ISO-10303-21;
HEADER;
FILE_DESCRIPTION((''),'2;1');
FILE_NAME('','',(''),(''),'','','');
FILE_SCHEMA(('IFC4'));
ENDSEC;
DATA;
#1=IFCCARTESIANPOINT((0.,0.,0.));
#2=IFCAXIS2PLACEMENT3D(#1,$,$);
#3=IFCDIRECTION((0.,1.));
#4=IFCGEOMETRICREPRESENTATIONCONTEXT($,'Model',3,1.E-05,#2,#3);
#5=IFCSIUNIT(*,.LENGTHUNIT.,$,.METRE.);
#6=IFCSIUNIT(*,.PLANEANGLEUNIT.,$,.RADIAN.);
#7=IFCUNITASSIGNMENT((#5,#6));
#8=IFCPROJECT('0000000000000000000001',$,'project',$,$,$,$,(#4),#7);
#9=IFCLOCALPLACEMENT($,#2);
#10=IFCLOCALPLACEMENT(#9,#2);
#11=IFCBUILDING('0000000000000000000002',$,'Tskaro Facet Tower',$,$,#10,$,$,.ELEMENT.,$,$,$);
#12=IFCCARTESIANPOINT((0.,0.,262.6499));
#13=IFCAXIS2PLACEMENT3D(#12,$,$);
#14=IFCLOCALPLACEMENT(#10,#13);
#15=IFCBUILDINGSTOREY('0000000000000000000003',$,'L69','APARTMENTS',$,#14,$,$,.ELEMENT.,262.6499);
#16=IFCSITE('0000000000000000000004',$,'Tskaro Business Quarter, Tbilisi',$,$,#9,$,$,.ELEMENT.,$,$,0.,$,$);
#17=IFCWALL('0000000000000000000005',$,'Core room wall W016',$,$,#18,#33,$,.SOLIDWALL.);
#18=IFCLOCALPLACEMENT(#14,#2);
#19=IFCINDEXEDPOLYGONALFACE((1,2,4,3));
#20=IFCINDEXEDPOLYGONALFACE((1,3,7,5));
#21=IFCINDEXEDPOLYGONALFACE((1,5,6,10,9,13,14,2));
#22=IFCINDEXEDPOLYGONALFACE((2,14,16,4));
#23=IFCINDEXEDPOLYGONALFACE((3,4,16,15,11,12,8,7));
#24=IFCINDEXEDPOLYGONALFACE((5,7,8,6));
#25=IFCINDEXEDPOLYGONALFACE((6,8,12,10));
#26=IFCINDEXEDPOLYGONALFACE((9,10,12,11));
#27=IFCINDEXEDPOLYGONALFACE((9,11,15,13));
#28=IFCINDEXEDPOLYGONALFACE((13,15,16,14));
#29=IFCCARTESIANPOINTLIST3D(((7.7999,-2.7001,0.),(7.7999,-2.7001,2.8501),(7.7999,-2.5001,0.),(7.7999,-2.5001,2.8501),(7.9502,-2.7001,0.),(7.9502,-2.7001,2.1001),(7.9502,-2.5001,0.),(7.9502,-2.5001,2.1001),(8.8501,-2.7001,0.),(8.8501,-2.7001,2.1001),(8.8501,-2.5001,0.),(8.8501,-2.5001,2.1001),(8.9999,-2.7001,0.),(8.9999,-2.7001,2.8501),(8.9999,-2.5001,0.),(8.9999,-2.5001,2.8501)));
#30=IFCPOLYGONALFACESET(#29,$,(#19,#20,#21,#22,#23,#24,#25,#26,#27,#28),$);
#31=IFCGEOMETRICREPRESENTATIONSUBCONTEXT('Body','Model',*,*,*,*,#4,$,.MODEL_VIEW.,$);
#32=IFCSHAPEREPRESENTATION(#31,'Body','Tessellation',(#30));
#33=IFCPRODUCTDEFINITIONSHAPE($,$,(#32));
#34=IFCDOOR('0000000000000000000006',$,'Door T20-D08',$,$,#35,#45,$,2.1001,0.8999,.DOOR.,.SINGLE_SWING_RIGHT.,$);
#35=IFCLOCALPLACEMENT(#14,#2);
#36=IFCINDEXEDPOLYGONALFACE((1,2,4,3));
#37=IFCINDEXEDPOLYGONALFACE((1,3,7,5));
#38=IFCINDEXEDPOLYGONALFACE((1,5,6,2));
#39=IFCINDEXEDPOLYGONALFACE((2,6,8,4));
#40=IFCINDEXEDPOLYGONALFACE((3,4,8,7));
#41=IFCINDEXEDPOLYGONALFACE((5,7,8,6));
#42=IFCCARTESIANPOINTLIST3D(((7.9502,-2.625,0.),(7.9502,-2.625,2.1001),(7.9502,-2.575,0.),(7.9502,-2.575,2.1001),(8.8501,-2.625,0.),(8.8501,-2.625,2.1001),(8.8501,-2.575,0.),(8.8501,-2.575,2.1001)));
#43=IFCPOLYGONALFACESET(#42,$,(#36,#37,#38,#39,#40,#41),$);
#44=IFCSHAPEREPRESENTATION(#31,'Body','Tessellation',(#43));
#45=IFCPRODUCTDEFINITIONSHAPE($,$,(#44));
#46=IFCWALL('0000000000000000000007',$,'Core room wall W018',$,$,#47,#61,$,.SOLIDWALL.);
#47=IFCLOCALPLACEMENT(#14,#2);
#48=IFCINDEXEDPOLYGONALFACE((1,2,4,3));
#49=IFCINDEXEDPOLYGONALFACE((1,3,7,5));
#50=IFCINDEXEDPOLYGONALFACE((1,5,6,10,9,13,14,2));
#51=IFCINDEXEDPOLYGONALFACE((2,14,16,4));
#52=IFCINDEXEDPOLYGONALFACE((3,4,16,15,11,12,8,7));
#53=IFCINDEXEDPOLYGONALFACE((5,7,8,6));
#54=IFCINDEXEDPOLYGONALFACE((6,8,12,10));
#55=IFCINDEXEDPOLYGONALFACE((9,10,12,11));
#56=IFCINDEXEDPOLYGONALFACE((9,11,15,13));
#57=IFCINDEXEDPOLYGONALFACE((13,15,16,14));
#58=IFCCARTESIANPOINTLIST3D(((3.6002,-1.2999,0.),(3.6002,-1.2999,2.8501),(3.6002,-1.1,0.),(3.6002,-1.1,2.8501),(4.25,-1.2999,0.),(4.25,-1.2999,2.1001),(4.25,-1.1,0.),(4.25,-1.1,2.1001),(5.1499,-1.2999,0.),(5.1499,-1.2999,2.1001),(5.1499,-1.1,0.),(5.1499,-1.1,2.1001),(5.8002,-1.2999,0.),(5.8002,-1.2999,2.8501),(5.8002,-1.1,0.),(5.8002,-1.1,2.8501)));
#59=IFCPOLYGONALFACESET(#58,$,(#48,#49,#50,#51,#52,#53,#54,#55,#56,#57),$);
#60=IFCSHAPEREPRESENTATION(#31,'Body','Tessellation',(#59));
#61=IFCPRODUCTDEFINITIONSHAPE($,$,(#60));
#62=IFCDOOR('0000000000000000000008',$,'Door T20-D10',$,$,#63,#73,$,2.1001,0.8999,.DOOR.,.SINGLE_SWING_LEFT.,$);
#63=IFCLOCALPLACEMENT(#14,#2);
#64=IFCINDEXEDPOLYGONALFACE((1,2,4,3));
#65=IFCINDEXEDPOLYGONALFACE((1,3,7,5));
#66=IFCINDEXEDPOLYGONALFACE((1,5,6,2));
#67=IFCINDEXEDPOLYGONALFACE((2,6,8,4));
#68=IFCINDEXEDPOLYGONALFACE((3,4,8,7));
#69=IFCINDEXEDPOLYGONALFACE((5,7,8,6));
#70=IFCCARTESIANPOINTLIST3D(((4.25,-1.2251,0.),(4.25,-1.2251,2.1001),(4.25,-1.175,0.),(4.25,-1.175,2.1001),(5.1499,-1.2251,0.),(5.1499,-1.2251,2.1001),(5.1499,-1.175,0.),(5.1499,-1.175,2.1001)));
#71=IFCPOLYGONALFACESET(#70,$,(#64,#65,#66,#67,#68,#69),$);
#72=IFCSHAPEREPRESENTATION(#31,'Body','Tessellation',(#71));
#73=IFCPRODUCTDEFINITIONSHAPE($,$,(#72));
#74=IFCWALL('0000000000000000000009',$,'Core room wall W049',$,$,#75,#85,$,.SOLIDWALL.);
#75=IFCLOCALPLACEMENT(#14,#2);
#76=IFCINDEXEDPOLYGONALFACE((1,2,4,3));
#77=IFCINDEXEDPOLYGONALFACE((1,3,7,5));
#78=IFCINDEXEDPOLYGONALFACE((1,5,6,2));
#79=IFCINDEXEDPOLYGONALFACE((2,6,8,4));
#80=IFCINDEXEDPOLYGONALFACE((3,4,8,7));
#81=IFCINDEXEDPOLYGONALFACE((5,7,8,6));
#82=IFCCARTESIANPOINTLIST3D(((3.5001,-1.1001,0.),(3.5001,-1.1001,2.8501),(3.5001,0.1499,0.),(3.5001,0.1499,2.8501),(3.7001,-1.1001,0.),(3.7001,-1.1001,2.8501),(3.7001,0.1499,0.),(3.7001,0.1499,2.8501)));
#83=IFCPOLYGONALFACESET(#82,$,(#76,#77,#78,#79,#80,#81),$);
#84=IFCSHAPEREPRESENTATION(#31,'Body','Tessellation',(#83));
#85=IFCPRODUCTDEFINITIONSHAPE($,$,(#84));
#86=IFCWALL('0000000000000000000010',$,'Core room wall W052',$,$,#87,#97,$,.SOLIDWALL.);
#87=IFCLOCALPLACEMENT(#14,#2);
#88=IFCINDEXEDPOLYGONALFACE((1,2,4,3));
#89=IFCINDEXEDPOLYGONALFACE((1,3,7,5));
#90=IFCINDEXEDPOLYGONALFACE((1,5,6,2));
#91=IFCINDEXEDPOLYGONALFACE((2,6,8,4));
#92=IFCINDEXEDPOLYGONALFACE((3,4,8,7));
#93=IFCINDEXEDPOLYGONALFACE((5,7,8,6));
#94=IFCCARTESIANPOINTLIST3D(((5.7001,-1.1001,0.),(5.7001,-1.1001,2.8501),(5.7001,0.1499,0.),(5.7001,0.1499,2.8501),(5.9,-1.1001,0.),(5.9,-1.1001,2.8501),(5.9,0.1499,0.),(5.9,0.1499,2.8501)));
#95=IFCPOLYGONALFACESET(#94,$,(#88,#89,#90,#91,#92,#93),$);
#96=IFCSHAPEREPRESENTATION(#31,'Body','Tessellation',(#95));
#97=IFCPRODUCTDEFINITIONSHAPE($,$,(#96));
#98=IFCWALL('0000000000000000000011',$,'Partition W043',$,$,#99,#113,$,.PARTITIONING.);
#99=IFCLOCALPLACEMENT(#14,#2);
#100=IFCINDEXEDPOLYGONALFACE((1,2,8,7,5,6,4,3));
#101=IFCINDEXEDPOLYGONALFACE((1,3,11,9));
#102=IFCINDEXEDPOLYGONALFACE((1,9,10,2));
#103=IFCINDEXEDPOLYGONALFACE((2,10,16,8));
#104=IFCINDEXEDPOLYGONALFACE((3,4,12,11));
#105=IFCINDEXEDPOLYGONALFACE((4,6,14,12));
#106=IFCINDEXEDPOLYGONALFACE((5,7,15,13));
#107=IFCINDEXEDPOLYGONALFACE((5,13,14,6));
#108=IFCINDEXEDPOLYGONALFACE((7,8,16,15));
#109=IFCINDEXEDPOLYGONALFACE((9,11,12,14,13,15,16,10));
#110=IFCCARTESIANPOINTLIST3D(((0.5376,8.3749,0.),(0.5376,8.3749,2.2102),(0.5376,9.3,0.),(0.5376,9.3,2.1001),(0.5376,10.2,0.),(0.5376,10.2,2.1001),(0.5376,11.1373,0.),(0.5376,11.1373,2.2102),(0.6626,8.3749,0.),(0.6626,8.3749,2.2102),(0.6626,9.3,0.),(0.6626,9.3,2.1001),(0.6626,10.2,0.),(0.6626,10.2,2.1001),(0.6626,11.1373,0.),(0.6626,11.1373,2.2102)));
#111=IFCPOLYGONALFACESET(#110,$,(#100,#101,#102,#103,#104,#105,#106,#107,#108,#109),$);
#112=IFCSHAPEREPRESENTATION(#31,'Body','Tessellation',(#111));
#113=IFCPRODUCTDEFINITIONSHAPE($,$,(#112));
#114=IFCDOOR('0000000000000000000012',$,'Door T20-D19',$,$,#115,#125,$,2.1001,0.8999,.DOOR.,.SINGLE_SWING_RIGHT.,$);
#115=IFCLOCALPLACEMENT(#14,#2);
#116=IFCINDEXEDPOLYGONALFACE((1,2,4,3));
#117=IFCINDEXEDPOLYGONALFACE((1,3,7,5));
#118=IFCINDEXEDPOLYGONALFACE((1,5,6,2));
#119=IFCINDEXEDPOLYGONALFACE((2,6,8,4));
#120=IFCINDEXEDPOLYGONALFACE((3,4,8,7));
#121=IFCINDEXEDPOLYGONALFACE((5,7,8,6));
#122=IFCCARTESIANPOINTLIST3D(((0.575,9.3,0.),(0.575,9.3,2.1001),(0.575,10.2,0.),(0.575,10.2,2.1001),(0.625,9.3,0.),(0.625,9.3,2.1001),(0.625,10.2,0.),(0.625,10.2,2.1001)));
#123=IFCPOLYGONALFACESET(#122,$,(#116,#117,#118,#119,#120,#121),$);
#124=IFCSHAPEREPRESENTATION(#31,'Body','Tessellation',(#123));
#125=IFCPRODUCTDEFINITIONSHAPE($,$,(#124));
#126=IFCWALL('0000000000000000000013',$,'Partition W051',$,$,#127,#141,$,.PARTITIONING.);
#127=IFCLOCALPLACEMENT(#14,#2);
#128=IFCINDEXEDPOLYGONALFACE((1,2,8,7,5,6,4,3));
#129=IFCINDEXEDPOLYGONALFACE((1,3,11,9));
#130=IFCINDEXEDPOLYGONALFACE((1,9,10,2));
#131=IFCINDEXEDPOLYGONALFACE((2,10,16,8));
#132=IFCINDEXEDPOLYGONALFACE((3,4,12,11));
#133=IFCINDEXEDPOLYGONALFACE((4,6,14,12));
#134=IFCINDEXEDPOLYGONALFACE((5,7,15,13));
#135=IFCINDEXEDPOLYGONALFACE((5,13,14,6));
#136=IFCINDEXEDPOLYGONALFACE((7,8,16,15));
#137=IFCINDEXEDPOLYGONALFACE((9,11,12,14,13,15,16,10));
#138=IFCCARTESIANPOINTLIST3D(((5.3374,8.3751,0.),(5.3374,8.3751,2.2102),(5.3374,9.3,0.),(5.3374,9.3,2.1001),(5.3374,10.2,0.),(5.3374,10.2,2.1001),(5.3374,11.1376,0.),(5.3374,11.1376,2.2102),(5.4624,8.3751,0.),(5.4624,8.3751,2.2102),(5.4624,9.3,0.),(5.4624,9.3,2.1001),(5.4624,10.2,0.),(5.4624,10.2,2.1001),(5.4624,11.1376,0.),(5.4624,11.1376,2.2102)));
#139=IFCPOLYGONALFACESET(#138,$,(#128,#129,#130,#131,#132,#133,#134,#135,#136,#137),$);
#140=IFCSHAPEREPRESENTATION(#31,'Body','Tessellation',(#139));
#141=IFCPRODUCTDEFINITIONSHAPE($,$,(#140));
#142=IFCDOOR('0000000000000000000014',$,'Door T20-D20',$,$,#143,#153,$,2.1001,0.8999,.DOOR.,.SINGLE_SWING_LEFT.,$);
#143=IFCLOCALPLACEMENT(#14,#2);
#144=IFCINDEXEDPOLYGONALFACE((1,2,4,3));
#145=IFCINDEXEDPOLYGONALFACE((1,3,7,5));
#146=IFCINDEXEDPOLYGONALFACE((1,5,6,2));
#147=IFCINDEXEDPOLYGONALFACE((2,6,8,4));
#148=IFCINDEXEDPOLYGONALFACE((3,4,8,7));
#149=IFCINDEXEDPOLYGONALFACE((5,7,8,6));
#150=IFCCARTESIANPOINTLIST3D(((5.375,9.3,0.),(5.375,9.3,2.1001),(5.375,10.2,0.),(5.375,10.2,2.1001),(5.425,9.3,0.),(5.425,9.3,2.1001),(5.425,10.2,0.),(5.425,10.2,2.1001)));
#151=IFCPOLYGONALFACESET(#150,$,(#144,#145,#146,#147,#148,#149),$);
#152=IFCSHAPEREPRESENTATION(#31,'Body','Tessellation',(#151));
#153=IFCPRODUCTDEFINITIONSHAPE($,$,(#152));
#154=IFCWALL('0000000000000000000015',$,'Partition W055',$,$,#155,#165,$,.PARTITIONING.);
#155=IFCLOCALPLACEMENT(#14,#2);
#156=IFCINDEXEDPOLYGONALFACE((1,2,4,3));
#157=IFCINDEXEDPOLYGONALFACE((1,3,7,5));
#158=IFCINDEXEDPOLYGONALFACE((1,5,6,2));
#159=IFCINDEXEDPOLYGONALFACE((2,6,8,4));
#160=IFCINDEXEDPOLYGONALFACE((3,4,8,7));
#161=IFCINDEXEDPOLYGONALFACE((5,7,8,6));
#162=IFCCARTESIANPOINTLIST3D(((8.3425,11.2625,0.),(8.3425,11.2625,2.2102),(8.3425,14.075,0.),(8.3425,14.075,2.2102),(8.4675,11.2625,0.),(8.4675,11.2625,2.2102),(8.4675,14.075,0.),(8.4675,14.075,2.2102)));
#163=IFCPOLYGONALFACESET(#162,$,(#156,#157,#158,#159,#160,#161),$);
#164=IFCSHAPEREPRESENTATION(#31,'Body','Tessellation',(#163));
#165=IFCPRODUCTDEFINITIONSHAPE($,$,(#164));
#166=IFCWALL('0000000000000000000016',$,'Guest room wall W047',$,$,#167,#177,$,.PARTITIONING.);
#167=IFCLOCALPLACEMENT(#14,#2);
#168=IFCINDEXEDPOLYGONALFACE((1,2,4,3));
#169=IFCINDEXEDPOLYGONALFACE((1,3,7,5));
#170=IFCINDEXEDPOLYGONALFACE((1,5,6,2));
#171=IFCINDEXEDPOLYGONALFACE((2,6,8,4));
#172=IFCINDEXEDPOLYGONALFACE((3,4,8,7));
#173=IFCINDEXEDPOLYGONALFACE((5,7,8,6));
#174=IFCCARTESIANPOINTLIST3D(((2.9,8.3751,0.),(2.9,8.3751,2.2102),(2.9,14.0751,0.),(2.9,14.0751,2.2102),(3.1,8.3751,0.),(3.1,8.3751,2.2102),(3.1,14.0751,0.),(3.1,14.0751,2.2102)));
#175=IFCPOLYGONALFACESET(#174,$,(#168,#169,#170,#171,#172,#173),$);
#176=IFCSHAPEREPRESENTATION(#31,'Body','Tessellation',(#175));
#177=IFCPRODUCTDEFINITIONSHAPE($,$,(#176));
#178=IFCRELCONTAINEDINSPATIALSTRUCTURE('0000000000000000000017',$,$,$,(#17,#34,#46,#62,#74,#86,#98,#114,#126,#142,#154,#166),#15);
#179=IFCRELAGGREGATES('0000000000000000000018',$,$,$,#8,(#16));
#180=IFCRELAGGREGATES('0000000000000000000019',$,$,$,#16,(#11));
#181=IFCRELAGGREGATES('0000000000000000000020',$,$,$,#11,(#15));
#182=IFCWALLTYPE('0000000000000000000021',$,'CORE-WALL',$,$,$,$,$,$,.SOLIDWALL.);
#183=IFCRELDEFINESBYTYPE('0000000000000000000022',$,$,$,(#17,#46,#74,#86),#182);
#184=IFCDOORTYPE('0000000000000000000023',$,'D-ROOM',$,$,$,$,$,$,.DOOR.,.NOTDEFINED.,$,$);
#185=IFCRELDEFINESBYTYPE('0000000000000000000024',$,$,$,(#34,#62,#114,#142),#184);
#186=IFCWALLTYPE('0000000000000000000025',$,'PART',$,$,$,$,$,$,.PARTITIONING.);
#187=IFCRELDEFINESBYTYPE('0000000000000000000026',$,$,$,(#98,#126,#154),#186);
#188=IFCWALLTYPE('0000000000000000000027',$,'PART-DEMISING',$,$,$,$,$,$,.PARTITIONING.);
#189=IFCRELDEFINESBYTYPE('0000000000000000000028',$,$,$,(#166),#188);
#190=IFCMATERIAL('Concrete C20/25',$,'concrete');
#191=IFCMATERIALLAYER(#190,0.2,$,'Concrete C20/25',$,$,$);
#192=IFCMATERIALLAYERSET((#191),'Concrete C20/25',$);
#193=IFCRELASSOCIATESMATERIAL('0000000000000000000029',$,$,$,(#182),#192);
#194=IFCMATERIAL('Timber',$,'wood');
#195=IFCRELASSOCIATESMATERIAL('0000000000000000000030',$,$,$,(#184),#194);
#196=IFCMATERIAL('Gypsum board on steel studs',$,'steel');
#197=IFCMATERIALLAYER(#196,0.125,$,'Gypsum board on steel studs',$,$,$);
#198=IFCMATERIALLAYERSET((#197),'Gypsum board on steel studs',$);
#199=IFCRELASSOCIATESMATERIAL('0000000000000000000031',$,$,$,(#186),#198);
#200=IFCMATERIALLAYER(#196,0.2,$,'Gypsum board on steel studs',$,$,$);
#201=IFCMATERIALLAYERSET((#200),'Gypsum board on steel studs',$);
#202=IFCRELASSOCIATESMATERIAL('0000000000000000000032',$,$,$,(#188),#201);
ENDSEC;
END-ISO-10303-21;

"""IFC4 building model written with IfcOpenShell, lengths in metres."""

from ifc_helpers import new_model, si_unit, direction, frame, frame_2d, origin, place, context, subcontext, project, spatial, rectangle, extrude, material, layer, layer_set, type_object, element, fill, save


model = new_model("IFC4")

# Units and contexts
model_context = context("Model", 3, precision=1e-05, world=origin(), true_north=direction((0.0, 1.0)))
body_context = subcontext(model_context, "Body", "Model", "MODEL_VIEW")
ifc_project = project(units=[si_unit("LENGTHUNIT", "METRE"), si_unit("PLANEANGLEUNIT", "RADIAN")], contexts=[model_context])

# Site, building, storey
site_placement = place(None, origin())
site = spatial("IfcSite", under=ifc_project, at=site_placement, Name="Tskaro Business Quarter, Tbilisi", CompositionType="ELEMENT", RefElevation=0.0)
building_placement = place(site_placement, origin())
building = spatial("IfcBuilding", under=site, at=building_placement, Name="Tskaro Facet Tower", CompositionType="ELEMENT")
storey_placement = place(building_placement, frame((0.0, 0.0, 262.6499)))
storey = spatial("IfcBuildingStorey", under=building, at=storey_placement, Name="L69", Description="APARTMENTS", CompositionType="ELEMENT", Elevation=262.6499)

# Shared definitions
ifc_material_1 = material(Name="Concrete C20/25", Category="concrete")
ifc_layer_1 = layer(ifc_material_1, 0.2, Name="Concrete C20/25")
ifc_layer_set_1 = layer_set([ifc_layer_1], Name="Concrete C20/25")
wall_type_1 = type_object("IfcWallType", Name="CORE-WALL", PredefinedType="SOLIDWALL", material=ifc_layer_set_1)
ifc_material_2 = material(Name="Timber", Category="wood")
door_type_1 = type_object("IfcDoorType", Name="D-ROOM", OperationType="NOTDEFINED", PredefinedType="DOOR", material=ifc_material_2)

# Walls, openings, doors
wall_1_placement = place(storey_placement, frame((9.0, -2.6001, 0.0), z_axis=(0.0, 0.0, 1.0), x_axis=(-1.0, 0.0, 0.0)))
wall_1 = element("IfcWall", 1, at=wall_1_placement, inside=storey, type_object=wall_type_1, Name="Core room wall W016", PredefinedType="SOLIDWALL", context=body_context, shape_type="SweptSolid", body=[
    extrude(rectangle(XDim=1.2, YDim=0.2, at=frame_2d((0.6001, 0.0))), origin(), (0.0, 0.0, 1.0), 2.8501),
])
opening_1_placement = place(wall_1_placement, frame((0.1499, 0.0, 0.0)))
opening_1 = element("IfcOpeningElement", 2, at=opening_1_placement, cuts=wall_1, PredefinedType="OPENING", context=body_context, shape_type="SweptSolid", body=[
    extrude(rectangle(XDim=0.8999, YDim=2.1001, at=frame_2d((0.45, 1.05))), frame((0.0, 0.1099, 0.0), z_axis=(0.0, -1.0, 0.0), x_axis=(1.0, 0.0, 0.0)), (0.0, 0.0, 1.0), 0.22),
])
door_1_placement = place(opening_1_placement, origin())
door_1 = element("IfcDoor", 3, at=door_1_placement, inside=storey, type_object=door_type_1, Name="Door T20-D08", OperationType="SINGLE_SWING_RIGHT", OverallHeight=2.1001, OverallWidth=0.8999, PredefinedType="DOOR", context=body_context, shape_type="SweptSolid", body=[
    extrude(rectangle(XDim=0.8999, YDim=2.1001, at=frame_2d((0.45, 1.05))), frame((0.0, 0.0249, 0.0), z_axis=(0.0, -1.0, 0.0), x_axis=(1.0, 0.0, 0.0)), (0.0, 0.0, 1.0), 0.05),
])
fill(opening_1, door_1)
wall_2_placement = place(storey_placement, frame((3.6001, -1.2, 0.0), z_axis=(0.0, 0.0, 1.0), x_axis=(1.0, 0.0, 0.0)))
wall_2 = element("IfcWall", 4, at=wall_2_placement, inside=storey, type_object=wall_type_1, Name="Core room wall W018", PredefinedType="SOLIDWALL", context=body_context, shape_type="SweptSolid", body=[
    extrude(rectangle(XDim=2.2, YDim=0.2, at=frame_2d((1.1001, 0.0))), origin(), (0.0, 0.0, 1.0), 2.8501),
])
opening_2_placement = place(wall_2_placement, frame((0.6499, 0.0, 0.0)))
opening_2 = element("IfcOpeningElement", 5, at=opening_2_placement, cuts=wall_2, PredefinedType="OPENING", context=body_context, shape_type="SweptSolid", body=[
    extrude(rectangle(XDim=0.8999, YDim=2.1001, at=frame_2d((0.45, 1.05))), frame((0.0, 0.1099, 0.0), z_axis=(0.0, -1.0, 0.0), x_axis=(1.0, 0.0, 0.0)), (0.0, 0.0, 1.0), 0.22),
])
door_2_placement = place(opening_2_placement, origin())
door_2 = element("IfcDoor", 6, at=door_2_placement, inside=storey, type_object=door_type_1, Name="Door T20-D10", OperationType="SINGLE_SWING_LEFT", OverallHeight=2.1001, OverallWidth=0.8999, PredefinedType="DOOR", context=body_context, shape_type="SweptSolid", body=[
    extrude(rectangle(XDim=0.8999, YDim=2.1001, at=frame_2d((0.45, 1.05))), frame((0.0, 0.0249, 0.0), z_axis=(0.0, -1.0, 0.0), x_axis=(1.0, 0.0, 0.0)), (0.0, 0.0, 1.0), 0.05),
])
fill(opening_2, door_2)

# Walls
for number, where, z_axis, x_axis, name in (
    (7, (3.6001, -1.1001, 0.0), (0.0, 0.0, 1.0), (0.0, 1.0, 0.0), "Core room wall W049"),
    (8, (5.8, -1.1001, 0.0), (0.0, 0.0, 1.0), (0.0, 1.0, 0.0), "Core room wall W052"),
):
    element("IfcWall", number, at=place(storey_placement, frame(where, z_axis=z_axis, x_axis=x_axis)), inside=storey, type_object=wall_type_1, Name=name, PredefinedType="SOLIDWALL", context=body_context, shape_type="SweptSolid", body=[
        extrude(rectangle(XDim=1.25, YDim=0.2, at=frame_2d((0.625, 0.0))), origin(), (0.0, 0.0, 1.0), 2.8501),
    ])

# Walls, openings, doors
ifc_material_3 = material(Name="Gypsum board on steel studs", Category="steel")
ifc_layer_2 = layer(ifc_material_3, 0.125, Name="Gypsum board on steel studs")
ifc_layer_set_2 = layer_set([ifc_layer_2], Name="Gypsum board on steel studs")
wall_type_2 = type_object("IfcWallType", Name="PART", PredefinedType="PARTITIONING", material=ifc_layer_set_2)
wall_3_placement = place(storey_placement, frame((0.6001, 11.1375, 0.0), z_axis=(0.0, 0.0, 1.0), x_axis=(0.0, -1.0, 0.0)))
wall_3 = element("IfcWall", 9, at=wall_3_placement, inside=storey, type_object=wall_type_2, Name="Partition W043", PredefinedType="PARTITIONING", context=body_context, shape_type="SweptSolid", body=[
    extrude(rectangle(XDim=2.7625, YDim=0.125, at=frame_2d((1.3813, 0.0))), origin(), (0.0, 0.0, 1.0), 2.2102),
])
opening_3_placement = place(wall_3_placement, frame((0.9375, 0.0, 0.0)))
opening_3 = element("IfcOpeningElement", 10, at=opening_3_placement, cuts=wall_3, PredefinedType="OPENING", context=body_context, shape_type="SweptSolid", body=[
    extrude(rectangle(XDim=0.8999, YDim=2.1001, at=frame_2d((0.45, 1.05))), frame((0.0, 0.0725, 0.0), z_axis=(0.0, -1.0, 0.0), x_axis=(1.0, 0.0, 0.0)), (0.0, 0.0, 1.0), 0.145),
])
door_3_placement = place(opening_3_placement, origin())
door_3 = element("IfcDoor", 11, at=door_3_placement, inside=storey, type_object=door_type_1, Name="Door T20-D19", OperationType="SINGLE_SWING_RIGHT", OverallHeight=2.1001, OverallWidth=0.8999, PredefinedType="DOOR", context=body_context, shape_type="SweptSolid", body=[
    extrude(rectangle(XDim=0.8999, YDim=2.1001, at=frame_2d((0.45, 1.05))), frame((0.0, 0.0249, 0.0), z_axis=(0.0, -1.0, 0.0), x_axis=(1.0, 0.0, 0.0)), (0.0, 0.0, 1.0), 0.05),
])
fill(opening_3, door_3)
wall_4_placement = place(storey_placement, frame((5.3999, 8.375, 0.0), z_axis=(0.0, 0.0, 1.0), x_axis=(0.0, 1.0, 0.0)))
wall_4 = element("IfcWall", 12, at=wall_4_placement, inside=storey, type_object=wall_type_2, Name="Partition W051", PredefinedType="PARTITIONING", context=body_context, shape_type="SweptSolid", body=[
    extrude(rectangle(XDim=2.7625, YDim=0.125, at=frame_2d((1.3813, 0.0))), origin(), (0.0, 0.0, 1.0), 2.2102),
])
opening_4_placement = place(wall_4_placement, frame((0.925, 0.0, 0.0)))
opening_4 = element("IfcOpeningElement", 13, at=opening_4_placement, cuts=wall_4, PredefinedType="OPENING", context=body_context, shape_type="SweptSolid", body=[
    extrude(rectangle(XDim=0.8999, YDim=2.1001, at=frame_2d((0.45, 1.05))), frame((0.0, 0.0725, 0.0), z_axis=(0.0, -1.0, 0.0), x_axis=(1.0, 0.0, 0.0)), (0.0, 0.0, 1.0), 0.145),
])
door_4_placement = place(opening_4_placement, origin())
door_4 = element("IfcDoor", 14, at=door_4_placement, inside=storey, type_object=door_type_1, Name="Door T20-D20", OperationType="SINGLE_SWING_LEFT", OverallHeight=2.1001, OverallWidth=0.8999, PredefinedType="DOOR", context=body_context, shape_type="SweptSolid", body=[
    extrude(rectangle(XDim=0.8999, YDim=2.1001, at=frame_2d((0.45, 1.05))), frame((0.0, 0.0249, 0.0), z_axis=(0.0, -1.0, 0.0), x_axis=(1.0, 0.0, 0.0)), (0.0, 0.0, 1.0), 0.05),
])
fill(opening_4, door_4)

# Walls
wall_5_placement = place(storey_placement, frame((8.405, 11.2625, 0.0), z_axis=(0.0, 0.0, 1.0), x_axis=(0.0, 1.0, 0.0)))
element("IfcWall", 15, at=wall_5_placement, inside=storey, type_object=wall_type_2, Name="Partition W055", PredefinedType="PARTITIONING", context=body_context, shape_type="SweptSolid", body=[
    extrude(rectangle(XDim=2.8125, YDim=0.125, at=frame_2d((1.4062, 0.0))), origin(), (0.0, 0.0, 1.0), 2.2102),
])
ifc_layer_3 = layer(ifc_material_3, 0.2, Name="Gypsum board on steel studs")
ifc_layer_set_3 = layer_set([ifc_layer_3], Name="Gypsum board on steel studs")
wall_type_3 = type_object("IfcWallType", Name="PART-DEMISING", PredefinedType="PARTITIONING", material=ifc_layer_set_3)
wall_6_placement = place(storey_placement, frame((3.0, 8.375, 0.0), z_axis=(0.0, 0.0, 1.0), x_axis=(0.0, 1.0, 0.0)))
element("IfcWall", 16, at=wall_6_placement, inside=storey, type_object=wall_type_3, Name="Guest room wall W047", PredefinedType="PARTITIONING", context=body_context, shape_type="SweptSolid", body=[
    extrude(rectangle(XDim=5.7, YDim=0.2, at=frame_2d((2.8501, 0.0))), origin(), (0.0, 0.0, 1.0), 2.2102),
])

save(model, "model.ifc")
